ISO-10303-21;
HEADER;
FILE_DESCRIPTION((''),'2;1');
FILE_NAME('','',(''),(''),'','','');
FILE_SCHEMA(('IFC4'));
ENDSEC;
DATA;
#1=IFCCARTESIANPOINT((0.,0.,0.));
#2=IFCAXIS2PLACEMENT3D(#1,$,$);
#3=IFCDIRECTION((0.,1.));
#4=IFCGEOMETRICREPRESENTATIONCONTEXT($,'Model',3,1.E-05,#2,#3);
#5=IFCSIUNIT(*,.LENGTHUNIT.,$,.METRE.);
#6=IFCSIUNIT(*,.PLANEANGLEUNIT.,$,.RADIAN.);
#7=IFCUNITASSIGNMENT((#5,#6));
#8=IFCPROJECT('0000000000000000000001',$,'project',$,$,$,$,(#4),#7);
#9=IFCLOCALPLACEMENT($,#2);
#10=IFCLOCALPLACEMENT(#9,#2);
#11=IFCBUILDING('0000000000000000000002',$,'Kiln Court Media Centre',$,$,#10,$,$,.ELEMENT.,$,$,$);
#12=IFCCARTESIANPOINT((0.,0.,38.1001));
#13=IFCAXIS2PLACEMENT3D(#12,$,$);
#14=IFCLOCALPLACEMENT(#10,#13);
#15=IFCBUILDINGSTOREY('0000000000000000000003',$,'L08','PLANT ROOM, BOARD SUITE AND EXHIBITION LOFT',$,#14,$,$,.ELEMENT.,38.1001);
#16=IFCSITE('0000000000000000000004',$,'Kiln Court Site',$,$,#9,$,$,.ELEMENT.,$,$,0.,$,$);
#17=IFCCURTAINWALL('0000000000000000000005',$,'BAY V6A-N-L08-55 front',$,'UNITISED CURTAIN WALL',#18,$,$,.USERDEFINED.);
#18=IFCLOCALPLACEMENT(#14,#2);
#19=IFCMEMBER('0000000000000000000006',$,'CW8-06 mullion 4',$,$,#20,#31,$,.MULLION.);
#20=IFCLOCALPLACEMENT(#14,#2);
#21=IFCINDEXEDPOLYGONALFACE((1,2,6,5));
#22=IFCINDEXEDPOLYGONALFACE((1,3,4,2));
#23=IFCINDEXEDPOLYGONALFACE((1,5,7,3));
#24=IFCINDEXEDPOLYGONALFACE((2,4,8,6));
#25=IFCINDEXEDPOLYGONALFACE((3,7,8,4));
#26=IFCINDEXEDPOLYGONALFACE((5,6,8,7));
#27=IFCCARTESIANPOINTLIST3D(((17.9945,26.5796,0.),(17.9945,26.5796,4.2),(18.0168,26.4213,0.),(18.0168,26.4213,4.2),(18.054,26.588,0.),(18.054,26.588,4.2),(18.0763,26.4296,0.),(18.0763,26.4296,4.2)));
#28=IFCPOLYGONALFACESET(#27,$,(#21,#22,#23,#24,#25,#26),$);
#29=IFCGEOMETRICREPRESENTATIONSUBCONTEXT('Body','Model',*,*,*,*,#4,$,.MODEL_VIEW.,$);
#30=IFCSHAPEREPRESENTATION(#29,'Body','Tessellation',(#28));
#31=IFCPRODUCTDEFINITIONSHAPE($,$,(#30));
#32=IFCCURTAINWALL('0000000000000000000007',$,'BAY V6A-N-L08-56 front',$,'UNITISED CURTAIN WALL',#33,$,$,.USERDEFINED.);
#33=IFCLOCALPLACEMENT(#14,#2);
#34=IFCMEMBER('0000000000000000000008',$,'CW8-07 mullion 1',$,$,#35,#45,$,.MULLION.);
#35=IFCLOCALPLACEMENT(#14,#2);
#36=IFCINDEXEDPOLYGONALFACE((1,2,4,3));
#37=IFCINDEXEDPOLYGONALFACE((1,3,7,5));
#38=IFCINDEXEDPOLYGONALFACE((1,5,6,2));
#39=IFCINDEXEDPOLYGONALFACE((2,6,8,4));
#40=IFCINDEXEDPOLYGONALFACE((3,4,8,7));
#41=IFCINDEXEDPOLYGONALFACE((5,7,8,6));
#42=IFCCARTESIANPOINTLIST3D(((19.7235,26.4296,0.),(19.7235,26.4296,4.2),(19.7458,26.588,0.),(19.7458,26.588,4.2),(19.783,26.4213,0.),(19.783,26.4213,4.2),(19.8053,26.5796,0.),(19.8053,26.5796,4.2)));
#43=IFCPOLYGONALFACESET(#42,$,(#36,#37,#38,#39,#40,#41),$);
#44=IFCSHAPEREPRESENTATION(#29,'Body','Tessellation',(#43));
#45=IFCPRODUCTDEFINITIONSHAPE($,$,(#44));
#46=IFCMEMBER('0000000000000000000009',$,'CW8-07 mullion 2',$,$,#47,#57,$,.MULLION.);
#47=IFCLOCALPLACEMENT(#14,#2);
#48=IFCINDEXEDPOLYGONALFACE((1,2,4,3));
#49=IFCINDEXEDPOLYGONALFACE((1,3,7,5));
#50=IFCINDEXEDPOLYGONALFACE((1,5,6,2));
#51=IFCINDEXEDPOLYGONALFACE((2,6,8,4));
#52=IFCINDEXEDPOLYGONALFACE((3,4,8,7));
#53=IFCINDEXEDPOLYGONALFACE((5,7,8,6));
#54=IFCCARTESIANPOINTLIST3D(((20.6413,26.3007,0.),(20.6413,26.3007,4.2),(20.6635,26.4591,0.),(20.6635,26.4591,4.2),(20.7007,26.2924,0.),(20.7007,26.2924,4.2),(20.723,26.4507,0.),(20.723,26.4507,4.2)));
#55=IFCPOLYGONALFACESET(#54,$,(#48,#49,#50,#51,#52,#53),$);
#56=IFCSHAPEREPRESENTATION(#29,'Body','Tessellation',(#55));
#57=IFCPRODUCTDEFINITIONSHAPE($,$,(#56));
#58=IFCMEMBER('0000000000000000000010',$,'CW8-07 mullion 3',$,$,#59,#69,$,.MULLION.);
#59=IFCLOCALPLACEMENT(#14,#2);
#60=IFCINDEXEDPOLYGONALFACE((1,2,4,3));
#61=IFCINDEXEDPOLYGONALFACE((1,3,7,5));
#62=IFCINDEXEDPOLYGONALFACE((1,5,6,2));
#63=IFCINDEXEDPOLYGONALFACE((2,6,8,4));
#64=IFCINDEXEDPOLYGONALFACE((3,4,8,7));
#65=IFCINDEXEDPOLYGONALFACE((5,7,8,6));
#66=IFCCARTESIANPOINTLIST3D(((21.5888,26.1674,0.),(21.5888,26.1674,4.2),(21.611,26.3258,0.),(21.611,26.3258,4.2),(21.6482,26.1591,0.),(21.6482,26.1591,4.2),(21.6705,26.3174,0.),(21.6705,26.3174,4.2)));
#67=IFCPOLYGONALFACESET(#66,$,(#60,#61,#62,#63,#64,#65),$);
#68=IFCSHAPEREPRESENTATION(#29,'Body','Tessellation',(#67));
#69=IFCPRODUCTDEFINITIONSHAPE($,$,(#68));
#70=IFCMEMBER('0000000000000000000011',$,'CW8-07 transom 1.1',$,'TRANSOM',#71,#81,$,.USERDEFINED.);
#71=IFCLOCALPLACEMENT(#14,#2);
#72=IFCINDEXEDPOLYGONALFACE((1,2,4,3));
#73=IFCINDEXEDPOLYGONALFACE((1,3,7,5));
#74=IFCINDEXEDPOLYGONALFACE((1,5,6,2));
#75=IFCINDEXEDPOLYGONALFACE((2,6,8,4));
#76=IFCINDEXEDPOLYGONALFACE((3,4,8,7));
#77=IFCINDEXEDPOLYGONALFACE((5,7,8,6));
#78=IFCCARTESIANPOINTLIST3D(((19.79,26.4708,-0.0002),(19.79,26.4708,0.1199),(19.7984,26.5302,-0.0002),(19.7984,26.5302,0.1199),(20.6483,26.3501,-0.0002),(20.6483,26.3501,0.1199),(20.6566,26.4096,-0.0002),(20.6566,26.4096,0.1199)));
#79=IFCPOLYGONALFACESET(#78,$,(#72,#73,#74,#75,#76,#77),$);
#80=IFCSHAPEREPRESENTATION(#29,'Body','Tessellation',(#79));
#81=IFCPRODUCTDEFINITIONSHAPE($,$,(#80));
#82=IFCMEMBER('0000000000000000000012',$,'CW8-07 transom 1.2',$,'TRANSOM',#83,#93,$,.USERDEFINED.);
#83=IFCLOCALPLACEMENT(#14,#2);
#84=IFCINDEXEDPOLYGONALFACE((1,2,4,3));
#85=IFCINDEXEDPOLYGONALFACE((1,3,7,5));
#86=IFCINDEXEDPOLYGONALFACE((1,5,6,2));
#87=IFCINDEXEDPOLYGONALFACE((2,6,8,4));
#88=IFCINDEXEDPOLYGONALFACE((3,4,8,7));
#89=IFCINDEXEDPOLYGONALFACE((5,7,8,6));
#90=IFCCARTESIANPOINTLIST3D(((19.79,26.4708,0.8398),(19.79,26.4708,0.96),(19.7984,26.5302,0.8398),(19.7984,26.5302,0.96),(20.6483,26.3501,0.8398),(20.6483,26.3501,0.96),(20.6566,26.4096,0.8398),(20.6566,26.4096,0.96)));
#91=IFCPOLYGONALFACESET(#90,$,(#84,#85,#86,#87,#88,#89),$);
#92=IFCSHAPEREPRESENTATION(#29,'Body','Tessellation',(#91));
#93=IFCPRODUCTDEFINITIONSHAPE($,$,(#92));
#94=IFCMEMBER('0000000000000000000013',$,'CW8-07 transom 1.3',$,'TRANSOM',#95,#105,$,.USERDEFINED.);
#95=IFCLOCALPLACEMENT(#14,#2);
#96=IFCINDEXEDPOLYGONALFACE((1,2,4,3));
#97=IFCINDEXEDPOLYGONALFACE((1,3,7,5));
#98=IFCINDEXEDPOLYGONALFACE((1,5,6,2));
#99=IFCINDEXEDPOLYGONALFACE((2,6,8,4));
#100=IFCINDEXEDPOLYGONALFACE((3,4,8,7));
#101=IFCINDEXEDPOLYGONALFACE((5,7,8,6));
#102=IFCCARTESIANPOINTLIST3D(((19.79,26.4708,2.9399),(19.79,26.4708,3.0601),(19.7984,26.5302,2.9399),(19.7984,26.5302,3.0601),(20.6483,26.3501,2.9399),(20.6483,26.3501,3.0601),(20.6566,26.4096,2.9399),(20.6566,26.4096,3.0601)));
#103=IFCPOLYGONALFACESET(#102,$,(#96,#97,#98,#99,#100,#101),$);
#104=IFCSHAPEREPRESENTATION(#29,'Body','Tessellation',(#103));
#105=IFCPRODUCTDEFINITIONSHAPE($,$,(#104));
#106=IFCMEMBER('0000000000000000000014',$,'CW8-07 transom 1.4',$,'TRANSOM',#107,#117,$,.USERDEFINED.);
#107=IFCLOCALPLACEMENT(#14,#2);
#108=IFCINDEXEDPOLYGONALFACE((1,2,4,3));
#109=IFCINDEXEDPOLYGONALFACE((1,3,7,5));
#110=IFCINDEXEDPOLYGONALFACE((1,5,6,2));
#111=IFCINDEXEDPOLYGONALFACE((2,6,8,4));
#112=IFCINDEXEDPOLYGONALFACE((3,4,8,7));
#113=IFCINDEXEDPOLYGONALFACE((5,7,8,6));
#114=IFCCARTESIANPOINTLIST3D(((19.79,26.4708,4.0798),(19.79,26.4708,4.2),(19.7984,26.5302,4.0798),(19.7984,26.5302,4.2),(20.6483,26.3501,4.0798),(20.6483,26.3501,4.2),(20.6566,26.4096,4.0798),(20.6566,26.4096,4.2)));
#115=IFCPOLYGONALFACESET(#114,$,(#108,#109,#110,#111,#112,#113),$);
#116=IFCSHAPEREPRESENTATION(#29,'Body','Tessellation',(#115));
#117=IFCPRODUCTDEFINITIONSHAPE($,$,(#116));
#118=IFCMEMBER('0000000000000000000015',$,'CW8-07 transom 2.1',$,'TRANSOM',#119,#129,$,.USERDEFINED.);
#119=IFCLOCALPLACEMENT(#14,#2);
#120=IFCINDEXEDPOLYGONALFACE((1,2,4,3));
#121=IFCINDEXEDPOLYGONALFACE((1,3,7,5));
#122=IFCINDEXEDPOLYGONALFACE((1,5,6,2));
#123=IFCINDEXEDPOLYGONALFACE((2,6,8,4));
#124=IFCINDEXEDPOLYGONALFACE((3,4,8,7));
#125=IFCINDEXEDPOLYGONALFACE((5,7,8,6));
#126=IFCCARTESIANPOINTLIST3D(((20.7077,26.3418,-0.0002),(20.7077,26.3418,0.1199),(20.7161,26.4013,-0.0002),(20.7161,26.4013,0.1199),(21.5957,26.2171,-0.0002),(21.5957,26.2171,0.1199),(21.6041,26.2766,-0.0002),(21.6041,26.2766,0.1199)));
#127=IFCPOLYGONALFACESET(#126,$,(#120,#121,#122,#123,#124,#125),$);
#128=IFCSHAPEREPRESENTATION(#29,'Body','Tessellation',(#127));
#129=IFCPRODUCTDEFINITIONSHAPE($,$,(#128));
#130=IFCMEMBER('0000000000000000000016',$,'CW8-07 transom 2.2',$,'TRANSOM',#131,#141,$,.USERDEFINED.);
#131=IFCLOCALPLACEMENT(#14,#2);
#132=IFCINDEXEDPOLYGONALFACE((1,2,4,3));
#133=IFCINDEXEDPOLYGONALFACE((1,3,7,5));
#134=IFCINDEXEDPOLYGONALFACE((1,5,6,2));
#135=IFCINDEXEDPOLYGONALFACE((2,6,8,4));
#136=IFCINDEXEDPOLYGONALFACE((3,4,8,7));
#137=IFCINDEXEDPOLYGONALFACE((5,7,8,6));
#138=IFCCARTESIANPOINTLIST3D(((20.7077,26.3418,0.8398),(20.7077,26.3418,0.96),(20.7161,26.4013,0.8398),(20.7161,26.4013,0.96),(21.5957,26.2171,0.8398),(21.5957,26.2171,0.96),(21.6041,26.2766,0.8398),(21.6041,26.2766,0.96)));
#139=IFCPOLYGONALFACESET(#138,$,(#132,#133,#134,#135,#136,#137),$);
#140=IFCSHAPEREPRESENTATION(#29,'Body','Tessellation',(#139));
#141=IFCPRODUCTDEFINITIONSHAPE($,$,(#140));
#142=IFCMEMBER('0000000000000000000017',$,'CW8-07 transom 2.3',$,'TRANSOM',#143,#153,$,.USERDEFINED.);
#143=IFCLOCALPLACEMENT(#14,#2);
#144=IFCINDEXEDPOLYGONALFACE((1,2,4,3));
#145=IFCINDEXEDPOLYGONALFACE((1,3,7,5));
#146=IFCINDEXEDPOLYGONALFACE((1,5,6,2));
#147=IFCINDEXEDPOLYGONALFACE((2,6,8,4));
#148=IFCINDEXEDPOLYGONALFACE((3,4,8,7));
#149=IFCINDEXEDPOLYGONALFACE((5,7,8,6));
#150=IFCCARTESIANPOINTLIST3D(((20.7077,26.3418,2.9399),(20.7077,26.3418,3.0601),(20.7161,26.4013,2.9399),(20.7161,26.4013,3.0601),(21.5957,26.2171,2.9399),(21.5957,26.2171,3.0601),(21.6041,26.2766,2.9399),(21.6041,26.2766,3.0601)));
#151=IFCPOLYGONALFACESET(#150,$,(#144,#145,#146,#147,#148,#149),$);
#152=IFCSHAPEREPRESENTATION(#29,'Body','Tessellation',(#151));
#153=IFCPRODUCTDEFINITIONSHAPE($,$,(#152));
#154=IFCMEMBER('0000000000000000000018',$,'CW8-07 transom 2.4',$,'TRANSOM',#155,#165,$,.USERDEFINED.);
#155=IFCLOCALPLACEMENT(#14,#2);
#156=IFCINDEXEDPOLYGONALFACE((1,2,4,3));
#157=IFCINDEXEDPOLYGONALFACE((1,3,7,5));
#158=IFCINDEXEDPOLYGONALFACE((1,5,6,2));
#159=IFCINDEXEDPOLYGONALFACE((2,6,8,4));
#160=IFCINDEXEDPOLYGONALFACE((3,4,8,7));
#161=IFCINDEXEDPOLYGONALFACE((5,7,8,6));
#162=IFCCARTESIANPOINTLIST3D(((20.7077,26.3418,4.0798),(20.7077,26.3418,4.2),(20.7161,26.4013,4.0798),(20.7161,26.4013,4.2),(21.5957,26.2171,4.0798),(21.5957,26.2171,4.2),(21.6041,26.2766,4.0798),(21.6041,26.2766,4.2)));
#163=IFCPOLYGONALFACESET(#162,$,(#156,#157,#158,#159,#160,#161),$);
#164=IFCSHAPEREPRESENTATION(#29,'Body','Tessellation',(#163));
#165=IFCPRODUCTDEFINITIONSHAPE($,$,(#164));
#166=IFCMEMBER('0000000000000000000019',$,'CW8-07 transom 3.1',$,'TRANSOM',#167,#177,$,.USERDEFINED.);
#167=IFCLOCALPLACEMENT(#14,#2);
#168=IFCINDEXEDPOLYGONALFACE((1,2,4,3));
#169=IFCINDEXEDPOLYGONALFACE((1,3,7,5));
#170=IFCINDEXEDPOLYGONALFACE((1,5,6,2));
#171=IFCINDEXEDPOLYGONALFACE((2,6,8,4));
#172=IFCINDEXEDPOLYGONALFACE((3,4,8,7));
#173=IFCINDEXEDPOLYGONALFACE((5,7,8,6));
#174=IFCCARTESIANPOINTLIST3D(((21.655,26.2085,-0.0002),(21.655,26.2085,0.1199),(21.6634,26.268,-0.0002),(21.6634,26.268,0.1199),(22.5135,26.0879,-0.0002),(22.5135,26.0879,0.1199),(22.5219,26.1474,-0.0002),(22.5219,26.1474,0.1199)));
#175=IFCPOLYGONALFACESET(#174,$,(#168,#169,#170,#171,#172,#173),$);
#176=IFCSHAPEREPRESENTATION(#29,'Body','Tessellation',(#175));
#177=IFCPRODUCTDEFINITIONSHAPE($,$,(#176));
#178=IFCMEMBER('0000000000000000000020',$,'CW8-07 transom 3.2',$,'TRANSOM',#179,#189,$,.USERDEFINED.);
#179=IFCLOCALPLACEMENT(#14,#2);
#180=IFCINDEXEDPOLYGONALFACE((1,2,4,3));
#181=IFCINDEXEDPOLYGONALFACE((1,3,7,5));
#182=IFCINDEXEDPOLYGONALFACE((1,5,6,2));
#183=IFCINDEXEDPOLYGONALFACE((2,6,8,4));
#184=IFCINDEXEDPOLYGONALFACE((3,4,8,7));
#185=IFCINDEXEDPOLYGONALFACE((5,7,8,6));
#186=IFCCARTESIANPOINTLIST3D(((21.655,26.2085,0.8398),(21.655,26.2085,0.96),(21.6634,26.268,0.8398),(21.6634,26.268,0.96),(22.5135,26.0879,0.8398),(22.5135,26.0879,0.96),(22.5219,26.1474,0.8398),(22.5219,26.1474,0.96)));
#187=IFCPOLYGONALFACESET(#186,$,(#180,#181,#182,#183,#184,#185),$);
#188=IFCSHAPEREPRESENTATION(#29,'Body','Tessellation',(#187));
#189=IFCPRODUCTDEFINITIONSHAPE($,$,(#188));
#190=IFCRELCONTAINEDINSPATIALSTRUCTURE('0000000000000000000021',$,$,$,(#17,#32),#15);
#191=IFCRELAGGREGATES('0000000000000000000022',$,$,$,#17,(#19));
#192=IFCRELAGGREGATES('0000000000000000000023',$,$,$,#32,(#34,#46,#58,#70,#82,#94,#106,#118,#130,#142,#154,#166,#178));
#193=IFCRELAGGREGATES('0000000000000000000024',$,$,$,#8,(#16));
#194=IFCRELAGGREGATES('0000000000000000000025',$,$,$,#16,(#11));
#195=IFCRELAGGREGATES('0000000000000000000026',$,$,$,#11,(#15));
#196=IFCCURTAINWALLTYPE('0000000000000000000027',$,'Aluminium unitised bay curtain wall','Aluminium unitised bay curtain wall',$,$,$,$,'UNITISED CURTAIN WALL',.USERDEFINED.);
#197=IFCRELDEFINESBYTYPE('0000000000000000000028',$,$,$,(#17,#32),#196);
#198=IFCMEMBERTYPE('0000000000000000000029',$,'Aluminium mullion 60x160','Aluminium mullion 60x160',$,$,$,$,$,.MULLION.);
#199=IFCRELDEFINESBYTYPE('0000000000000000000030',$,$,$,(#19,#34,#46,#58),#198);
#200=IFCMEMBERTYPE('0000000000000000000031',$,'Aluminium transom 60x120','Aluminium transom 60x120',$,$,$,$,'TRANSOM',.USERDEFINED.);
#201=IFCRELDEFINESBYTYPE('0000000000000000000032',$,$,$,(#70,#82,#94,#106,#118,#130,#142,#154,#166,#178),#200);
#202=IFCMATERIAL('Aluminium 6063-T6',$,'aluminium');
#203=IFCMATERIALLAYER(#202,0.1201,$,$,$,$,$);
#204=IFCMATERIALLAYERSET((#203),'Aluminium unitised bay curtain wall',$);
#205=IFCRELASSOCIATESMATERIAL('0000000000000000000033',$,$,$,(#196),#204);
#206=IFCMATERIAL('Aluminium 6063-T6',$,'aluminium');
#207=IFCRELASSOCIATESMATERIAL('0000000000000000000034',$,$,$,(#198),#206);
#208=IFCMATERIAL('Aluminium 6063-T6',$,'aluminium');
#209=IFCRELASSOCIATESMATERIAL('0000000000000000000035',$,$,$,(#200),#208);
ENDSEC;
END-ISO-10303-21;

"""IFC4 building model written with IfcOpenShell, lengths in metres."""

from ifc_helpers import new_model, si_unit, direction, frame, origin, origin_2d, place, context, subcontext, project, spatial, rectangle, extrude, material, layer, layer_set, material_profile, profile_set, type_object, element, aggregate, save


model = new_model("IFC4")

# Units and contexts
model_context = context("Model", 3, precision=1e-05, world=origin(), true_north=direction((0.0, 1.0)))
body_context = subcontext(model_context, "Body", "Model", "MODEL_VIEW")
ifc_project = project(units=[si_unit("LENGTHUNIT", "METRE"), si_unit("PLANEANGLEUNIT", "RADIAN")], contexts=[model_context])

# Site, building, storey
site_placement = place(None, origin())
site = spatial("IfcSite", under=ifc_project, at=site_placement, Name="Kiln Court Site", CompositionType="ELEMENT", RefElevation=0.0)
building_placement = place(site_placement, origin())
building = spatial("IfcBuilding", under=site, at=building_placement, Name="Kiln Court Media Centre", CompositionType="ELEMENT")
storey_placement = place(building_placement, frame((0.0, 0.0, 38.1001)))
storey = spatial("IfcBuildingStorey", under=building, at=storey_placement, Name="L08", Description="PLANT ROOM, BOARD SUITE AND EXHIBITION LOFT", CompositionType="ELEMENT", Elevation=38.1001)

# Curtain wall, member
ifc_material_1 = material(Name="Aluminium 6063-T6", Category="aluminium")
ifc_layer_1 = layer(ifc_material_1, 0.1201)
ifc_layer_set_1 = layer_set([ifc_layer_1], Name="Aluminium unitised bay curtain wall")
curtain_wall_type = type_object("IfcCurtainWallType", Name="Aluminium unitised bay curtain wall", Description="Aluminium unitised bay curtain wall", ElementType="UNITISED CURTAIN WALL", PredefinedType="USERDEFINED", material=ifc_layer_set_1)
curtain_wall_1_placement = place(storey_placement, origin())
curtain_wall_1 = element("IfcCurtainWall", 1, at=curtain_wall_1_placement, inside=storey, type_object=curtain_wall_type, Name="BAY V6A-N-L08-55 front", ObjectType="UNITISED CURTAIN WALL", PredefinedType="USERDEFINED")
ifc_material_2 = material(Name="Aluminium 6063-T6", Category="aluminium")
ifc_material_profile_1 = material_profile(ifc_material_2, rectangle(XDim=0.0601, YDim=0.1599, at=origin_2d()), Name="Aluminium mullion 60x160")
ifc_profile_set_1 = profile_set([ifc_material_profile_1], Name="Aluminium 6063-T6")
member_type_1 = type_object("IfcMemberType", Name="Aluminium mullion 60x160", Description="Aluminium mullion 60x160", PredefinedType="MULLION", material=ifc_profile_set_1)
member_1_placement = place(storey_placement, frame((18.0354, 26.5046, 0.0), z_axis=(0.0, 0.0, 1.0), x_axis=(0.99027, 0.139162, 0.0)))
member_1 = element("IfcMember", 2, at=member_1_placement, type_object=member_type_1, Name="CW8-06 mullion 4", PredefinedType="MULLION", context=body_context, shape_type="SweptSolid", body=[
    extrude(rectangle(XDim=0.0601, YDim=0.1599, at=origin_2d()), origin(), (0.0, 0.0, 1.0), 4.2),
])

# Curtain wall, members
curtain_wall_2_placement = place(storey_placement, origin())
curtain_wall_2 = element("IfcCurtainWall", 3, at=curtain_wall_2_placement, inside=storey, type_object=curtain_wall_type, Name="BAY V6A-N-L08-56 front", ObjectType="UNITISED CURTAIN WALL", PredefinedType="USERDEFINED")
member_2_placement = place(storey_placement, frame((19.7644, 26.5046, 0.0), z_axis=(0.0, 0.0, 1.0), x_axis=(0.99027, -0.139162, 0.0)))
member_2 = element("IfcMember", 4, at=member_2_placement, type_object=member_type_1, Name="CW8-07 mullion 1", PredefinedType="MULLION", context=body_context, shape_type="SweptSolid", body=[
    extrude(rectangle(XDim=0.0601, YDim=0.1599, at=origin_2d()), origin(), (0.0, 0.0, 1.0), 4.2),
])
member_3_placement = place(storey_placement, frame((20.6821, 26.3757, 0.0), z_axis=(0.0, 0.0, 1.0), x_axis=(0.99027, -0.139162, 0.0)))
member_3 = element("IfcMember", 5, at=member_3_placement, type_object=member_type_1, Name="CW8-07 mullion 2", PredefinedType="MULLION", context=body_context, shape_type="SweptSolid", body=[
    extrude(rectangle(XDim=0.0601, YDim=0.1599, at=origin_2d()), origin(), (0.0, 0.0, 1.0), 4.2),
])
member_4_placement = place(storey_placement, frame((21.6296, 26.2424, 0.0), z_axis=(0.0, 0.0, 1.0), x_axis=(0.99027, -0.139162, 0.0)))
member_4 = element("IfcMember", 6, at=member_4_placement, type_object=member_type_1, Name="CW8-07 mullion 3", PredefinedType="MULLION", context=body_context, shape_type="SweptSolid", body=[
    extrude(rectangle(XDim=0.0601, YDim=0.1599, at=origin_2d()), origin(), (0.0, 0.0, 1.0), 4.2),
])
ifc_material_3 = material(Name="Aluminium 6063-T6", Category="aluminium")
ifc_material_profile_2 = material_profile(ifc_material_3, rectangle(XDim=0.0601, YDim=0.1201, at=origin_2d()), Name="Aluminium transom 60x120")
ifc_profile_set_2 = profile_set([ifc_material_profile_2], Name="Aluminium 6063-T6")
member_type_2 = type_object("IfcMemberType", Name="Aluminium transom 60x120", Description="Aluminium transom 60x120", ElementType="TRANSOM", PredefinedType="USERDEFINED", material=ifc_profile_set_2)
member_5_placement = place(storey_placement, frame((19.7942, 26.5005, 0.0598), z_axis=(0.990268, -0.139173, 0.0), x_axis=(0.139173, 0.990268, 0.0)))
member_5 = element("IfcMember", 7, at=member_5_placement, type_object=member_type_2, Name="CW8-07 transom 1.1", ObjectType="TRANSOM", PredefinedType="USERDEFINED", context=body_context, shape_type="SweptSolid", body=[
    extrude(rectangle(XDim=0.0601, YDim=0.1201, at=origin_2d()), origin(), (0.0, 0.0, 1.0), 0.8667),
])
member_6_placement = place(storey_placement, frame((19.7942, 26.5005, 0.8999), z_axis=(0.990268, -0.139173, 0.0), x_axis=(0.139173, 0.990268, 0.0)))
member_6 = element("IfcMember", 8, at=member_6_placement, type_object=member_type_2, Name="CW8-07 transom 1.2", ObjectType="TRANSOM", PredefinedType="USERDEFINED", context=body_context, shape_type="SweptSolid", body=[
    extrude(rectangle(XDim=0.0601, YDim=0.1201, at=origin_2d()), origin(), (0.0, 0.0, 1.0), 0.8667),
])
member_7_placement = place(storey_placement, frame((19.7942, 26.5005, 3.0), z_axis=(0.990268, -0.139173, 0.0), x_axis=(0.139173, 0.990268, 0.0)))
member_7 = element("IfcMember", 9, at=member_7_placement, type_object=member_type_2, Name="CW8-07 transom 1.3", ObjectType="TRANSOM", PredefinedType="USERDEFINED", context=body_context, shape_type="SweptSolid", body=[
    extrude(rectangle(XDim=0.0601, YDim=0.1201, at=origin_2d()), origin(), (0.0, 0.0, 1.0), 0.8667),
])
member_8_placement = place(storey_placement, frame((19.7942, 26.5005, 4.1399), z_axis=(0.990268, -0.139173, 0.0), x_axis=(0.139173, 0.990268, 0.0)))
member_8 = element("IfcMember", 10, at=member_8_placement, type_object=member_type_2, Name="CW8-07 transom 1.4", ObjectType="TRANSOM", PredefinedType="USERDEFINED", context=body_context, shape_type="SweptSolid", body=[
    extrude(rectangle(XDim=0.0601, YDim=0.1201, at=origin_2d()), origin(), (0.0, 0.0, 1.0), 0.8667),
])
member_9_placement = place(storey_placement, frame((20.7119, 26.3716, 0.0598), z_axis=(0.990274, -0.139134, 0.0), x_axis=(0.139134, 0.990274, 0.0)))
member_9 = element("IfcMember", 11, at=member_9_placement, type_object=member_type_2, Name="CW8-07 transom 2.1", ObjectType="TRANSOM", PredefinedType="USERDEFINED", context=body_context, shape_type="SweptSolid", body=[
    extrude(rectangle(XDim=0.0601, YDim=0.1201, at=origin_2d()), origin(), (0.0, 0.0, 1.0), 0.8967),
])
member_10_placement = place(storey_placement, frame((20.7119, 26.3716, 0.8999), z_axis=(0.990274, -0.139134, 0.0), x_axis=(0.139134, 0.990274, 0.0)))
member_10 = element("IfcMember", 12, at=member_10_placement, type_object=member_type_2, Name="CW8-07 transom 2.2", ObjectType="TRANSOM", PredefinedType="USERDEFINED", context=body_context, shape_type="SweptSolid", body=[
    extrude(rectangle(XDim=0.0601, YDim=0.1201, at=origin_2d()), origin(), (0.0, 0.0, 1.0), 0.8967),
])
member_11_placement = place(storey_placement, frame((20.7119, 26.3716, 3.0), z_axis=(0.990274, -0.139134, 0.0), x_axis=(0.139134, 0.990274, 0.0)))
member_11 = element("IfcMember", 13, at=member_11_placement, type_object=member_type_2, Name="CW8-07 transom 2.3", ObjectType="TRANSOM", PredefinedType="USERDEFINED", context=body_context, shape_type="SweptSolid", body=[
    extrude(rectangle(XDim=0.0601, YDim=0.1201, at=origin_2d()), origin(), (0.0, 0.0, 1.0), 0.8967),
])
member_12_placement = place(storey_placement, frame((20.7119, 26.3716, 4.1399), z_axis=(0.990274, -0.139134, 0.0), x_axis=(0.139134, 0.990274, 0.0)))
member_12 = element("IfcMember", 14, at=member_12_placement, type_object=member_type_2, Name="CW8-07 transom 2.4", ObjectType="TRANSOM", PredefinedType="USERDEFINED", context=body_context, shape_type="SweptSolid", body=[
    extrude(rectangle(XDim=0.0601, YDim=0.1201, at=origin_2d()), origin(), (0.0, 0.0, 1.0), 0.8967),
])
member_13_placement = place(storey_placement, frame((21.6592, 26.2383, 0.0598), z_axis=(0.990274, -0.139134, 0.0), x_axis=(0.139134, 0.990274, 0.0)))
member_13 = element("IfcMember", 15, at=member_13_placement, type_object=member_type_2, Name="CW8-07 transom 3.1", ObjectType="TRANSOM", PredefinedType="USERDEFINED", context=body_context, shape_type="SweptSolid", body=[
    extrude(rectangle(XDim=0.0601, YDim=0.1201, at=origin_2d()), origin(), (0.0, 0.0, 1.0), 0.8669),
])
member_14_placement = place(storey_placement, frame((21.6592, 26.2383, 0.8999), z_axis=(0.990274, -0.139134, 0.0), x_axis=(0.139134, 0.990274, 0.0)))
member_14 = element("IfcMember", 16, at=member_14_placement, type_object=member_type_2, Name="CW8-07 transom 3.2", ObjectType="TRANSOM", PredefinedType="USERDEFINED", context=body_context, shape_type="SweptSolid", body=[
    extrude(rectangle(XDim=0.0601, YDim=0.1201, at=origin_2d()), origin(), (0.0, 0.0, 1.0), 0.8669),
])

aggregate(curtain_wall_1, [member_1])
aggregate(curtain_wall_2, [member_2, member_3, member_4, member_5, member_6, member_7, member_8, member_9, member_10, member_11, member_12, member_13, member_14])

save(model, "model.ifc")
